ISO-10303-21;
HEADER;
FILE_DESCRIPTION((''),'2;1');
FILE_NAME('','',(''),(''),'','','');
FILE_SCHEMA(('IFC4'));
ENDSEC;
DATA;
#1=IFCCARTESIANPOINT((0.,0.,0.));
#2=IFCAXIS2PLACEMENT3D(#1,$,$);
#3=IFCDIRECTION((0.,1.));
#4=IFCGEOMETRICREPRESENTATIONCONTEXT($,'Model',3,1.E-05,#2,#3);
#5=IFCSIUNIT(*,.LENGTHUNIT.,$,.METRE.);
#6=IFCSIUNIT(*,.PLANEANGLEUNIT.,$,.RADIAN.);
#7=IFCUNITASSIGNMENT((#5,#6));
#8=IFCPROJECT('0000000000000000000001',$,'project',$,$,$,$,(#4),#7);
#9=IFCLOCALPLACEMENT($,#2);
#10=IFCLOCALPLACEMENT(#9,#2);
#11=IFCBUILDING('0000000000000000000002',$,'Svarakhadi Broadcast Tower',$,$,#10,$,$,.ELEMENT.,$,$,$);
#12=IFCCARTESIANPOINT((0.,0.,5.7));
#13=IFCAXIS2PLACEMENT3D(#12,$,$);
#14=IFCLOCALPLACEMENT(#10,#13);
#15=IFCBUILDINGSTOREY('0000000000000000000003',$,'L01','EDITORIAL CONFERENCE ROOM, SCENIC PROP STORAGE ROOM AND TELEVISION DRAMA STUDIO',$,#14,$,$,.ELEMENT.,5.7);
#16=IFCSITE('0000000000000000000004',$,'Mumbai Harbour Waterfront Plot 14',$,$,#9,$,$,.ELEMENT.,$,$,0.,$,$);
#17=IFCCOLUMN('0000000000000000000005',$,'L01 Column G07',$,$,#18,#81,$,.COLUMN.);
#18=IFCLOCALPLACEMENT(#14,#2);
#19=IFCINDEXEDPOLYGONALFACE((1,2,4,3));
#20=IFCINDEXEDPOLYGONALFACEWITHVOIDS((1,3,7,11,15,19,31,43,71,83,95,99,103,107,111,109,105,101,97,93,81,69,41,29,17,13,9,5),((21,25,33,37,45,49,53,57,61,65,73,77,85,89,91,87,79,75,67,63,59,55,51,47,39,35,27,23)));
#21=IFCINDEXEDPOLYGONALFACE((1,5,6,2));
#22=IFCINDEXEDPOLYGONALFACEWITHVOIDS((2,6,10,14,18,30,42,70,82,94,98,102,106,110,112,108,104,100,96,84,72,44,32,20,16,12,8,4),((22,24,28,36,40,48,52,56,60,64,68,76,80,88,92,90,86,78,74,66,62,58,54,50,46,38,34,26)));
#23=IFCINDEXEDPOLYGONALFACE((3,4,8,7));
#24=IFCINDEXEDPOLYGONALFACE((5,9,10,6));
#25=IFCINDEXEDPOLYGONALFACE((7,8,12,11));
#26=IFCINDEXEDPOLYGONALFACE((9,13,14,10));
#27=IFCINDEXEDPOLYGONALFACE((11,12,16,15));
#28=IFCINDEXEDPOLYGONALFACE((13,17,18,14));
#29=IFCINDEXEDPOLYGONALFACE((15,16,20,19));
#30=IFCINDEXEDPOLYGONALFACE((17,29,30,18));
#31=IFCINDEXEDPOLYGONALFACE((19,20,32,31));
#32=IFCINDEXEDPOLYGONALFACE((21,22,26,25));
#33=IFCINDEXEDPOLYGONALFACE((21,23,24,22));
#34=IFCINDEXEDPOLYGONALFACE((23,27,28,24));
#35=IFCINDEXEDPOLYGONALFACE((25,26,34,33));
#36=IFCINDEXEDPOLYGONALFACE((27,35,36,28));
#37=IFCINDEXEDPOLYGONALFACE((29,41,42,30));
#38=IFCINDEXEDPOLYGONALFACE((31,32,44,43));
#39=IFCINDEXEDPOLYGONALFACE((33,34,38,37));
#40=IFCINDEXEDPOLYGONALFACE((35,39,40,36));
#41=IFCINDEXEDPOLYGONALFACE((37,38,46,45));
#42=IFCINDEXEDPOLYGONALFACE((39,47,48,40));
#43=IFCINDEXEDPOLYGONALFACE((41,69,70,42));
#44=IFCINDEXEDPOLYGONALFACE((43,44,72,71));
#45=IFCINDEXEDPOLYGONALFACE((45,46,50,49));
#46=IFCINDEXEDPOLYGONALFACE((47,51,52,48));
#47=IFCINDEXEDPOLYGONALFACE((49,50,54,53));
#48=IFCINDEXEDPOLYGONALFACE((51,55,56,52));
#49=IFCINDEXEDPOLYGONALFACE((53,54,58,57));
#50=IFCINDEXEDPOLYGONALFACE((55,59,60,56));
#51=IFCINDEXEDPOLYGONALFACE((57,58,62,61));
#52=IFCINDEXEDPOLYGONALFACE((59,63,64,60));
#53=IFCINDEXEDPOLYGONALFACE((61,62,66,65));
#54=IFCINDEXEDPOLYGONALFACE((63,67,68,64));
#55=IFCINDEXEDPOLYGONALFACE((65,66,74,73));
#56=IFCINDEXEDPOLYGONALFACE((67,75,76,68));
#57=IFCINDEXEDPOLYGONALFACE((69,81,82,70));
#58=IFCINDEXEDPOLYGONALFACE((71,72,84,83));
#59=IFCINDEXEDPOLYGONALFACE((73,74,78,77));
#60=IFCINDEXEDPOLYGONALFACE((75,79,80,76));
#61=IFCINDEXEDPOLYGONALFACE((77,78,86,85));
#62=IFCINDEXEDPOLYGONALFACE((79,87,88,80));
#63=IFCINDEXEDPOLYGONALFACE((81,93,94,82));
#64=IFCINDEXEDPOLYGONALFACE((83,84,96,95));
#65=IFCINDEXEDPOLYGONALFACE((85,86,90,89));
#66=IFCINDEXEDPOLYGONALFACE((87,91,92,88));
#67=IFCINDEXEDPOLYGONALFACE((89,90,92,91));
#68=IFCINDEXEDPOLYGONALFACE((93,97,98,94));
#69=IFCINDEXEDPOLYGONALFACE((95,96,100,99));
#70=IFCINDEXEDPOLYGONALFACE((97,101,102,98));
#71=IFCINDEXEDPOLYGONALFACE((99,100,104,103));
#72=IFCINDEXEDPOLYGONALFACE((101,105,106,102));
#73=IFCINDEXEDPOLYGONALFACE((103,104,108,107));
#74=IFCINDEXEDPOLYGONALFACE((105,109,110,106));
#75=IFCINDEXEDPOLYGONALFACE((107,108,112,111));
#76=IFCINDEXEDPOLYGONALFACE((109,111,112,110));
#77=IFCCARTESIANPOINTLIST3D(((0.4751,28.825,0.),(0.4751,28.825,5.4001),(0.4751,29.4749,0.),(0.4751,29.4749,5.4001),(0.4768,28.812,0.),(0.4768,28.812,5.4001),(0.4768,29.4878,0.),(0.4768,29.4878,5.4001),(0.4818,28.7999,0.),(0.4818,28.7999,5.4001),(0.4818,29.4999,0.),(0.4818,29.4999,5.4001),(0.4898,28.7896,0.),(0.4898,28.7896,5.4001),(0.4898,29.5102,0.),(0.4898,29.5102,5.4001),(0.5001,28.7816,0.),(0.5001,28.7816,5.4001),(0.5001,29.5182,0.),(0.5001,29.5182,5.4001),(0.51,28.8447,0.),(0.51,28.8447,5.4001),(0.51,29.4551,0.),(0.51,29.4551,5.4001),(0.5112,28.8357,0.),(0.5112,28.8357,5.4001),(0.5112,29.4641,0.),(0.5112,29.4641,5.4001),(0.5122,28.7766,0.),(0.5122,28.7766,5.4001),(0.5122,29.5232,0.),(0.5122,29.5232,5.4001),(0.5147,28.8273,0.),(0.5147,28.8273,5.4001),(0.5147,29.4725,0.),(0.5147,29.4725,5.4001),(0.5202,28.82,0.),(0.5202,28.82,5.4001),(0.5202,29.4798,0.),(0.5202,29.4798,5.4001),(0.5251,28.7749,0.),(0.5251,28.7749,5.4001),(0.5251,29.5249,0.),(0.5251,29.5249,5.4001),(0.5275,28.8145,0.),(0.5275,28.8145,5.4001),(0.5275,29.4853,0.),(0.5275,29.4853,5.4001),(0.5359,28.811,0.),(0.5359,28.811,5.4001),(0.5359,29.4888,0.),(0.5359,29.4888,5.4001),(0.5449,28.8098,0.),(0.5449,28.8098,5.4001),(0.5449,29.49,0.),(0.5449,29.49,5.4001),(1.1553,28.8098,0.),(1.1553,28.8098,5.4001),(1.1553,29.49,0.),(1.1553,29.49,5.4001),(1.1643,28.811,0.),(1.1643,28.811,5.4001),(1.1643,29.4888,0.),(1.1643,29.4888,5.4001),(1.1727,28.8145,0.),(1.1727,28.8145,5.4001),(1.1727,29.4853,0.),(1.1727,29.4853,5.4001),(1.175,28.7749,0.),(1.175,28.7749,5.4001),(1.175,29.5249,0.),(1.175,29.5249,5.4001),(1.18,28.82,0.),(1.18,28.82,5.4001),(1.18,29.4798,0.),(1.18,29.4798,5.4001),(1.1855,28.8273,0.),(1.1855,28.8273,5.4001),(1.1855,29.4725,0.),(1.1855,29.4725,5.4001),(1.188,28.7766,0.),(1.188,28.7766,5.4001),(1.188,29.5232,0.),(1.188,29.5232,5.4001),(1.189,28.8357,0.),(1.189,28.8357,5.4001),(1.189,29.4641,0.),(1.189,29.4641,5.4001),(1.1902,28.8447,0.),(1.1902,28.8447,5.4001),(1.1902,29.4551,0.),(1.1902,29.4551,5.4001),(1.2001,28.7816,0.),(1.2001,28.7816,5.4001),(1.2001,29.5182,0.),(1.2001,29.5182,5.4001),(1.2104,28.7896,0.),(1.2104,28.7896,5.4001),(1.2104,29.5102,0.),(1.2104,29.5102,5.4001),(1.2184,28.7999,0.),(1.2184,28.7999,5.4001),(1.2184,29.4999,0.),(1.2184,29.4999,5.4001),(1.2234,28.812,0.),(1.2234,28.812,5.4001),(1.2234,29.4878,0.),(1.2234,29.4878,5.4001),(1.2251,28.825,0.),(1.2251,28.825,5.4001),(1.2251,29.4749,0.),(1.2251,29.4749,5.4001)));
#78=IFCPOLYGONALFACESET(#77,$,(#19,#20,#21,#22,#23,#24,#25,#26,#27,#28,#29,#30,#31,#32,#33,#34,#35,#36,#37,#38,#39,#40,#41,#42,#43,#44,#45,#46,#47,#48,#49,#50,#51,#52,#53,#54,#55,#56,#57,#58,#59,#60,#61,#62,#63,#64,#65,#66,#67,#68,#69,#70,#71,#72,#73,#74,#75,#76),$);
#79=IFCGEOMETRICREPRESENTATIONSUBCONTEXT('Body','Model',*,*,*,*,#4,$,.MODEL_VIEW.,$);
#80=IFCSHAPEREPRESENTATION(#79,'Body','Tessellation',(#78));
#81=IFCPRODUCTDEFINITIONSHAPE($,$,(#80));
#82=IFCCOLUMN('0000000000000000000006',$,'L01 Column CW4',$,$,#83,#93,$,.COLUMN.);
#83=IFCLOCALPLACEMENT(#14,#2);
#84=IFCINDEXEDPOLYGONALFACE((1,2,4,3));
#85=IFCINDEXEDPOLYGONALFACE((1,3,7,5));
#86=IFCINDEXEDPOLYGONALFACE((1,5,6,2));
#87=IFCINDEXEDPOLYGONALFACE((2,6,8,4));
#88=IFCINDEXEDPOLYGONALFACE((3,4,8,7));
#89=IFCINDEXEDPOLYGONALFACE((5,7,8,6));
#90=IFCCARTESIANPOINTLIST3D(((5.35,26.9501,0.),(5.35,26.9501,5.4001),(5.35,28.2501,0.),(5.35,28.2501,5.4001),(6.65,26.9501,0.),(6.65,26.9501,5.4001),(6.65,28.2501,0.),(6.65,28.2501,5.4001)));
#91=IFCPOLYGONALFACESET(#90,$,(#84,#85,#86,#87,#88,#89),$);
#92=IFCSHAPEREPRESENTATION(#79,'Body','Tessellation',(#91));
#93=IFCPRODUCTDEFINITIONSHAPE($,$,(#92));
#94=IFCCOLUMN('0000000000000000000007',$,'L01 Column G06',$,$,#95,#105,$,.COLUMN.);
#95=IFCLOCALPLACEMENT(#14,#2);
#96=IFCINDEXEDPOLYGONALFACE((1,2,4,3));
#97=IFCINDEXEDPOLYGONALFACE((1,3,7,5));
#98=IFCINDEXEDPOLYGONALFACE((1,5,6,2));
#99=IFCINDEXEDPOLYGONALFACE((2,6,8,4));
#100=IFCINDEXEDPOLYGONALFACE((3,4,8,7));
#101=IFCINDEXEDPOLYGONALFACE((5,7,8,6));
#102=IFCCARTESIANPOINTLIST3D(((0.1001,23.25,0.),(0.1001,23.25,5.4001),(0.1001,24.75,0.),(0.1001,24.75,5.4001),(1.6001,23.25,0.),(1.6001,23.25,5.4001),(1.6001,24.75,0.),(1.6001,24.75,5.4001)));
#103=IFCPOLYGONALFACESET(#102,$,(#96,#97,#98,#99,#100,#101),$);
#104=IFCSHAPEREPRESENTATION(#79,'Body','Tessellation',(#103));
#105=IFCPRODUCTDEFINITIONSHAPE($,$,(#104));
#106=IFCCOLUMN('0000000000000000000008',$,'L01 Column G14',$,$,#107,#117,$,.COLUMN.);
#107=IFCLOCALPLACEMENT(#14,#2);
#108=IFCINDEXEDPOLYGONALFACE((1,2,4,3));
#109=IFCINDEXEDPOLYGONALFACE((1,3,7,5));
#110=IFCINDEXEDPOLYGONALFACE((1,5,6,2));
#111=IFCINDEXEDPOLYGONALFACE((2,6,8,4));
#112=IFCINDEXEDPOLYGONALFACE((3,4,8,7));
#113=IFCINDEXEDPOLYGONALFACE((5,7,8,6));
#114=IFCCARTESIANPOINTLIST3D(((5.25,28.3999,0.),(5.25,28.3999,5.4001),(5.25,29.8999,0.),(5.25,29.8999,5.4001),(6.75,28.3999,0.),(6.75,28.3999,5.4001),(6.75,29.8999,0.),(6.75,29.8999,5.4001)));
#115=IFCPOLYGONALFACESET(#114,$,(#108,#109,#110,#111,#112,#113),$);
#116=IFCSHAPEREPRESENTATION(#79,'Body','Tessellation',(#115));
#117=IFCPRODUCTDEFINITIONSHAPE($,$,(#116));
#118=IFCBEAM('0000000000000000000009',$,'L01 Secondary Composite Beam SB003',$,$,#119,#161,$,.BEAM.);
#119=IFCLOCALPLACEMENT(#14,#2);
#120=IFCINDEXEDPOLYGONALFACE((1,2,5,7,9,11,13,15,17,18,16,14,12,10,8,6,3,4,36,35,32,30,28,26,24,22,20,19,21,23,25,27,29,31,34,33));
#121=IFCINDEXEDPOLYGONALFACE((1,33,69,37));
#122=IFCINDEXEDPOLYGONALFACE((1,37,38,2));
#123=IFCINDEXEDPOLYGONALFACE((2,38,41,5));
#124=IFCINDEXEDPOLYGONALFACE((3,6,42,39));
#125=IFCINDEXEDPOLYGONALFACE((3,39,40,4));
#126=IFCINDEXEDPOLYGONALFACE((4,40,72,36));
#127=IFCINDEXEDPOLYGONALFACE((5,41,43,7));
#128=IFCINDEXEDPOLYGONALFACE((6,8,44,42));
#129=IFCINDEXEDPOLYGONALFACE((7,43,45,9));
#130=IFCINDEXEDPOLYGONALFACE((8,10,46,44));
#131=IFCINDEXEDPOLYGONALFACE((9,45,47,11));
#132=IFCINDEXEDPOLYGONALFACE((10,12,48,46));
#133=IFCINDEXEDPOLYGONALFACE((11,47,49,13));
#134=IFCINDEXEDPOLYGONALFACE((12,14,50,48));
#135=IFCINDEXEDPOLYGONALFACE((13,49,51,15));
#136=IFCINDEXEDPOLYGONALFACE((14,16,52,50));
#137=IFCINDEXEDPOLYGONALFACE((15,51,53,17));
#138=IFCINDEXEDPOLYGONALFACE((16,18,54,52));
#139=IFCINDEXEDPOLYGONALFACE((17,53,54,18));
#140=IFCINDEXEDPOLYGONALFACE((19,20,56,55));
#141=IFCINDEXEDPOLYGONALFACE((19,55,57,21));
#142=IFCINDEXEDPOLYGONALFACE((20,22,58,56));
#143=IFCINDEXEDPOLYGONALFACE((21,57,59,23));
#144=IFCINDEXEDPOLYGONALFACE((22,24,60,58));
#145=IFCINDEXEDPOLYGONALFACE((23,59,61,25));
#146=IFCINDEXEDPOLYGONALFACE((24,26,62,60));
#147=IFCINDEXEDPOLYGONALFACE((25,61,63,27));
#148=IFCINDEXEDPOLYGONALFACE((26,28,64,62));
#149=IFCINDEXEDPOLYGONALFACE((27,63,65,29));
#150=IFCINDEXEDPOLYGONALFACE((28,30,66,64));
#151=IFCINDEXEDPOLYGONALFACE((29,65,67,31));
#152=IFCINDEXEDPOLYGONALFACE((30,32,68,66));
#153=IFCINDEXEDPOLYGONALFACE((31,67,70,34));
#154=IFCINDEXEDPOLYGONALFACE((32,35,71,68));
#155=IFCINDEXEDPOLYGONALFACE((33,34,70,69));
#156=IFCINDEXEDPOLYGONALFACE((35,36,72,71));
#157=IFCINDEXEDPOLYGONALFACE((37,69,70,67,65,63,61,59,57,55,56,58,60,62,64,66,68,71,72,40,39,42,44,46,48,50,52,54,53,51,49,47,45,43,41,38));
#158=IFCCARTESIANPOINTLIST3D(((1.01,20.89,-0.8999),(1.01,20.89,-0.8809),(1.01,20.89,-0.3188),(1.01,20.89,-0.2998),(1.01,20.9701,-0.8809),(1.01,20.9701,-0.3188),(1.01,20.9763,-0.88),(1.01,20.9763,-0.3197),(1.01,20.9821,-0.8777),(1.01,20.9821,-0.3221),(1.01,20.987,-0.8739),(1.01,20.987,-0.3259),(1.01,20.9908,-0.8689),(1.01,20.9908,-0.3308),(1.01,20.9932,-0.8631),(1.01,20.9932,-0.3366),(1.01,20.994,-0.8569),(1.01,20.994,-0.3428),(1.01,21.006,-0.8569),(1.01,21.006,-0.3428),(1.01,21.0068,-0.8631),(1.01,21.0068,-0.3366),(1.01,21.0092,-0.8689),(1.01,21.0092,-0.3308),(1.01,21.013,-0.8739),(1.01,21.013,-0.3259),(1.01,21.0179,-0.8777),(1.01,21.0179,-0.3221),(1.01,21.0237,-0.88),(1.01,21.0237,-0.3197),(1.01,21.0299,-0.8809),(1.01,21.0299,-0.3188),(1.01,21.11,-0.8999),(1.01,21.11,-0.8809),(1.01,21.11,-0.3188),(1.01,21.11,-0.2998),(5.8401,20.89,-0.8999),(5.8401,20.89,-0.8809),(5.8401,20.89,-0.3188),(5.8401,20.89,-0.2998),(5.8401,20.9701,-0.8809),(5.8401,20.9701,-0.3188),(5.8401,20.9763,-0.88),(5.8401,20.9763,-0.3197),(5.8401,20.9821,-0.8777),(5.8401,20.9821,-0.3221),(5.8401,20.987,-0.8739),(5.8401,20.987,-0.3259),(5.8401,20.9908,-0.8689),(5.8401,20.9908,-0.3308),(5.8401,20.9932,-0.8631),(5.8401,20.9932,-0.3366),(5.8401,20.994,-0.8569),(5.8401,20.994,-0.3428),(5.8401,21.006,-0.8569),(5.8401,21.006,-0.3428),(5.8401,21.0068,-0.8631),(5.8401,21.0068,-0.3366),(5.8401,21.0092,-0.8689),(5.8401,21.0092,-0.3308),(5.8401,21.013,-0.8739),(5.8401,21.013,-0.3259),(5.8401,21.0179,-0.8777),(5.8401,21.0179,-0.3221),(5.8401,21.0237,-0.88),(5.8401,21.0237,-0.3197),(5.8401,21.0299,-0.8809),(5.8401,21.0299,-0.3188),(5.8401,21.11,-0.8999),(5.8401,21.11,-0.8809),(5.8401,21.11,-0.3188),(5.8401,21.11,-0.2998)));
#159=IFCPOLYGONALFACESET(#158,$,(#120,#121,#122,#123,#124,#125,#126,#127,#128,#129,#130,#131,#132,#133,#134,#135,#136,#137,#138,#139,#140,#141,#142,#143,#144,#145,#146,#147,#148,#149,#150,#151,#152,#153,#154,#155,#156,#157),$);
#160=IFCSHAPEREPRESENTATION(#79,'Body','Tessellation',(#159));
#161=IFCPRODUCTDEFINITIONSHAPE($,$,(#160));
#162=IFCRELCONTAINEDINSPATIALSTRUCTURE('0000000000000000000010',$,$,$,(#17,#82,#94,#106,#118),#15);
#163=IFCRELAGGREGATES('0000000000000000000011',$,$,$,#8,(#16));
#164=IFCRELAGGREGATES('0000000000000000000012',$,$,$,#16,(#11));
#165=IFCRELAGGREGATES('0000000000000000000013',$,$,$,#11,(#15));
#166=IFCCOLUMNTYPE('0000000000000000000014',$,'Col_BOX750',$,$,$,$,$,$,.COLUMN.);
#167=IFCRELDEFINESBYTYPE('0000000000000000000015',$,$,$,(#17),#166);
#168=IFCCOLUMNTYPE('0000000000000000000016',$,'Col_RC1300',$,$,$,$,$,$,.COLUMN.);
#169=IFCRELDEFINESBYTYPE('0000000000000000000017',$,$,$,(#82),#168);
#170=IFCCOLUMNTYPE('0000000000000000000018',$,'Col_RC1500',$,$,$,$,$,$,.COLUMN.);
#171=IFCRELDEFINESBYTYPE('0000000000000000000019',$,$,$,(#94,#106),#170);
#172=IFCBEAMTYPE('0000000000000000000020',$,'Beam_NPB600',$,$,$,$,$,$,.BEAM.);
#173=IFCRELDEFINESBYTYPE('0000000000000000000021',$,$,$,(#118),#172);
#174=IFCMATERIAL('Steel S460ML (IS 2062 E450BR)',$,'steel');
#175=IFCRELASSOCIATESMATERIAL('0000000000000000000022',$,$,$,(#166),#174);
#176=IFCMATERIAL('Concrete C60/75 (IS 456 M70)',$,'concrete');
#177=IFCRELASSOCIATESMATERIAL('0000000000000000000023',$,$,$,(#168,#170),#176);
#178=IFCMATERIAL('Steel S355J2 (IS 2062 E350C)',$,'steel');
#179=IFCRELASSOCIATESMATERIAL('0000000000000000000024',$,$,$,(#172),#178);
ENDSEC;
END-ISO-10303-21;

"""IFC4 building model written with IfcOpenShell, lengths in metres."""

from ifc_helpers import new_model, si_unit, direction, frame, origin, origin_2d, place, context, subcontext, project, spatial, rectangle, hollow_rectangle, i_section, extrude, material, material_profile, profile_set, type_object, element, save


model = new_model("IFC4")

# Units and contexts
model_context = context("Model", 3, precision=1e-05, world=origin(), true_north=direction((0.0, 1.0)))
body_context = subcontext(model_context, "Body", "Model", "MODEL_VIEW")
ifc_project = project(units=[si_unit("LENGTHUNIT", "METRE"), si_unit("PLANEANGLEUNIT", "RADIAN")], contexts=[model_context])

# Site, building, storey
site_placement = place(None, origin())
site = spatial("IfcSite", under=ifc_project, at=site_placement, Name="Mumbai Harbour Waterfront Plot 14", CompositionType="ELEMENT", RefElevation=0.0)
building_placement = place(site_placement, origin())
building = spatial("IfcBuilding", under=site, at=building_placement, Name="Svarakhadi Broadcast Tower", CompositionType="ELEMENT")
storey_placement = place(building_placement, frame((0.0, 0.0, 5.7)))
storey = spatial("IfcBuildingStorey", under=building, at=storey_placement, Name="L01", Description="EDITORIAL CONFERENCE ROOM, SCENIC PROP STORAGE ROOM AND TELEVISION DRAMA STUDIO", CompositionType="ELEMENT", Elevation=5.7)

# Columns
ifc_material_1 = material(Name="Steel S460ML (IS 2062 E450BR)", Category="steel")
ifc_material_profile_1 = material_profile(ifc_material_1, hollow_rectangle(XDim=0.75, YDim=0.75, WallThickness=0.0349, InnerFilletRadius=0.0349, OuterFilletRadius=0.05, at=origin_2d()), Name="BOX 750x750x35")
ifc_profile_set_1 = profile_set([ifc_material_profile_1], Name="Steel S460ML (IS 2062 E450BR)")
column_type_1 = type_object("IfcColumnType", Name="Col_BOX750", PredefinedType="COLUMN", material=ifc_profile_set_1)
column_1_placement = place(storey_placement, frame((0.8501, 29.1499, 0.0), z_axis=(0.0, 0.0, 1.0), x_axis=(1.0, 0.0, 0.0)))
element("IfcColumn", 1, at=column_1_placement, inside=storey, type_object=column_type_1, Name="L01 Column G07", PredefinedType="COLUMN", context=body_context, shape_type="SweptSolid", body=[
    extrude(hollow_rectangle(XDim=0.75, YDim=0.75, WallThickness=0.0349, InnerFilletRadius=0.0349, OuterFilletRadius=0.05, at=origin_2d()), origin(), (0.0, 0.0, 1.0), 5.4001),
])
ifc_material_2 = material(Name="Concrete C60/75 (IS 456 M70)", Category="concrete")
ifc_material_profile_2 = material_profile(ifc_material_2, rectangle(XDim=1.3, YDim=1.3, at=origin_2d()), Name="RC 1300x1300")
ifc_profile_set_2 = profile_set([ifc_material_profile_2], Name="Concrete C60/75 (IS 456 M70)")
column_type_2 = type_object("IfcColumnType", Name="Col_RC1300", PredefinedType="COLUMN", material=ifc_profile_set_2)
column_2_placement = place(storey_placement, frame((6.0, 27.6001, 0.0), z_axis=(0.0, 0.0, 1.0), x_axis=(1.0, 0.0, 0.0)))
element("IfcColumn", 2, at=column_2_placement, inside=storey, type_object=column_type_2, Name="L01 Column CW4", PredefinedType="COLUMN", context=body_context, shape_type="SweptSolid", body=[
    extrude(rectangle(XDim=1.3, YDim=1.3, at=origin_2d()), origin(), (0.0, 0.0, 1.0), 5.4001),
])
ifc_material_profile_3 = material_profile(ifc_material_2, rectangle(XDim=1.5, YDim=1.5, at=origin_2d()), Name="RC 1500x1500")
ifc_profile_set_3 = profile_set([ifc_material_profile_3], Name="Concrete C60/75 (IS 456 M70)")
column_type_3 = type_object("IfcColumnType", Name="Col_RC1500", PredefinedType="COLUMN", material=ifc_profile_set_3)
for number, where, z_axis, x_axis, name in (
    (3, (0.8501, 24.0, 0.0), (0.0, 0.0, 1.0), (1.0, 0.0, 0.0), "L01 Column G06"),
    (4, (6.0, 29.1499, 0.0), (0.0, 0.0, 1.0), (1.0, 0.0, 0.0), "L01 Column G14"),
):
    element("IfcColumn", number, at=place(storey_placement, frame(where, z_axis=z_axis, x_axis=x_axis)), inside=storey, type_object=column_type_3, Name=name, PredefinedType="COLUMN", context=body_context, shape_type="SweptSolid", body=[
        extrude(rectangle(XDim=1.5, YDim=1.5, at=origin_2d()), origin(), (0.0, 0.0, 1.0), 5.4001),
    ])

# Beam
ifc_material_3 = material(Name="Steel S355J2 (IS 2062 E350C)", Category="steel")
ifc_material_profile_4 = material_profile(ifc_material_3, i_section(OverallWidth=0.22, OverallDepth=0.6001, WebThickness=0.012, FlangeThickness=0.019, FilletRadius=0.0239, at=origin_2d()), Name="NPB 600x220x122")
ifc_profile_set_4 = profile_set([ifc_material_profile_4], Name="Steel S355J2 (IS 2062 E350C)")
beam_type_1 = type_object("IfcBeamType", Name="Beam_NPB600", PredefinedType="BEAM", material=ifc_profile_set_4)
for number, where, z_axis, x_axis, name in (
    (5, (1.01, 21.0, -0.5999), (1.0, 0.0, 0.0), (0.0, 1.0, 0.0), "L01 Secondary Composite Beam SB003"),
):
    element("IfcBeam", number, at=place(storey_placement, frame(where, z_axis=z_axis, x_axis=x_axis)), inside=storey, type_object=beam_type_1, Name=name, PredefinedType="BEAM", context=body_context, shape_type="SweptSolid", body=[
        extrude(i_section(OverallWidth=0.22, OverallDepth=0.6001, WebThickness=0.012, FlangeThickness=0.019, FilletRadius=0.0239, at=origin_2d()), origin(), (0.0, 0.0, 1.0), 4.8301),
    ])

save(model, "model.ifc")
